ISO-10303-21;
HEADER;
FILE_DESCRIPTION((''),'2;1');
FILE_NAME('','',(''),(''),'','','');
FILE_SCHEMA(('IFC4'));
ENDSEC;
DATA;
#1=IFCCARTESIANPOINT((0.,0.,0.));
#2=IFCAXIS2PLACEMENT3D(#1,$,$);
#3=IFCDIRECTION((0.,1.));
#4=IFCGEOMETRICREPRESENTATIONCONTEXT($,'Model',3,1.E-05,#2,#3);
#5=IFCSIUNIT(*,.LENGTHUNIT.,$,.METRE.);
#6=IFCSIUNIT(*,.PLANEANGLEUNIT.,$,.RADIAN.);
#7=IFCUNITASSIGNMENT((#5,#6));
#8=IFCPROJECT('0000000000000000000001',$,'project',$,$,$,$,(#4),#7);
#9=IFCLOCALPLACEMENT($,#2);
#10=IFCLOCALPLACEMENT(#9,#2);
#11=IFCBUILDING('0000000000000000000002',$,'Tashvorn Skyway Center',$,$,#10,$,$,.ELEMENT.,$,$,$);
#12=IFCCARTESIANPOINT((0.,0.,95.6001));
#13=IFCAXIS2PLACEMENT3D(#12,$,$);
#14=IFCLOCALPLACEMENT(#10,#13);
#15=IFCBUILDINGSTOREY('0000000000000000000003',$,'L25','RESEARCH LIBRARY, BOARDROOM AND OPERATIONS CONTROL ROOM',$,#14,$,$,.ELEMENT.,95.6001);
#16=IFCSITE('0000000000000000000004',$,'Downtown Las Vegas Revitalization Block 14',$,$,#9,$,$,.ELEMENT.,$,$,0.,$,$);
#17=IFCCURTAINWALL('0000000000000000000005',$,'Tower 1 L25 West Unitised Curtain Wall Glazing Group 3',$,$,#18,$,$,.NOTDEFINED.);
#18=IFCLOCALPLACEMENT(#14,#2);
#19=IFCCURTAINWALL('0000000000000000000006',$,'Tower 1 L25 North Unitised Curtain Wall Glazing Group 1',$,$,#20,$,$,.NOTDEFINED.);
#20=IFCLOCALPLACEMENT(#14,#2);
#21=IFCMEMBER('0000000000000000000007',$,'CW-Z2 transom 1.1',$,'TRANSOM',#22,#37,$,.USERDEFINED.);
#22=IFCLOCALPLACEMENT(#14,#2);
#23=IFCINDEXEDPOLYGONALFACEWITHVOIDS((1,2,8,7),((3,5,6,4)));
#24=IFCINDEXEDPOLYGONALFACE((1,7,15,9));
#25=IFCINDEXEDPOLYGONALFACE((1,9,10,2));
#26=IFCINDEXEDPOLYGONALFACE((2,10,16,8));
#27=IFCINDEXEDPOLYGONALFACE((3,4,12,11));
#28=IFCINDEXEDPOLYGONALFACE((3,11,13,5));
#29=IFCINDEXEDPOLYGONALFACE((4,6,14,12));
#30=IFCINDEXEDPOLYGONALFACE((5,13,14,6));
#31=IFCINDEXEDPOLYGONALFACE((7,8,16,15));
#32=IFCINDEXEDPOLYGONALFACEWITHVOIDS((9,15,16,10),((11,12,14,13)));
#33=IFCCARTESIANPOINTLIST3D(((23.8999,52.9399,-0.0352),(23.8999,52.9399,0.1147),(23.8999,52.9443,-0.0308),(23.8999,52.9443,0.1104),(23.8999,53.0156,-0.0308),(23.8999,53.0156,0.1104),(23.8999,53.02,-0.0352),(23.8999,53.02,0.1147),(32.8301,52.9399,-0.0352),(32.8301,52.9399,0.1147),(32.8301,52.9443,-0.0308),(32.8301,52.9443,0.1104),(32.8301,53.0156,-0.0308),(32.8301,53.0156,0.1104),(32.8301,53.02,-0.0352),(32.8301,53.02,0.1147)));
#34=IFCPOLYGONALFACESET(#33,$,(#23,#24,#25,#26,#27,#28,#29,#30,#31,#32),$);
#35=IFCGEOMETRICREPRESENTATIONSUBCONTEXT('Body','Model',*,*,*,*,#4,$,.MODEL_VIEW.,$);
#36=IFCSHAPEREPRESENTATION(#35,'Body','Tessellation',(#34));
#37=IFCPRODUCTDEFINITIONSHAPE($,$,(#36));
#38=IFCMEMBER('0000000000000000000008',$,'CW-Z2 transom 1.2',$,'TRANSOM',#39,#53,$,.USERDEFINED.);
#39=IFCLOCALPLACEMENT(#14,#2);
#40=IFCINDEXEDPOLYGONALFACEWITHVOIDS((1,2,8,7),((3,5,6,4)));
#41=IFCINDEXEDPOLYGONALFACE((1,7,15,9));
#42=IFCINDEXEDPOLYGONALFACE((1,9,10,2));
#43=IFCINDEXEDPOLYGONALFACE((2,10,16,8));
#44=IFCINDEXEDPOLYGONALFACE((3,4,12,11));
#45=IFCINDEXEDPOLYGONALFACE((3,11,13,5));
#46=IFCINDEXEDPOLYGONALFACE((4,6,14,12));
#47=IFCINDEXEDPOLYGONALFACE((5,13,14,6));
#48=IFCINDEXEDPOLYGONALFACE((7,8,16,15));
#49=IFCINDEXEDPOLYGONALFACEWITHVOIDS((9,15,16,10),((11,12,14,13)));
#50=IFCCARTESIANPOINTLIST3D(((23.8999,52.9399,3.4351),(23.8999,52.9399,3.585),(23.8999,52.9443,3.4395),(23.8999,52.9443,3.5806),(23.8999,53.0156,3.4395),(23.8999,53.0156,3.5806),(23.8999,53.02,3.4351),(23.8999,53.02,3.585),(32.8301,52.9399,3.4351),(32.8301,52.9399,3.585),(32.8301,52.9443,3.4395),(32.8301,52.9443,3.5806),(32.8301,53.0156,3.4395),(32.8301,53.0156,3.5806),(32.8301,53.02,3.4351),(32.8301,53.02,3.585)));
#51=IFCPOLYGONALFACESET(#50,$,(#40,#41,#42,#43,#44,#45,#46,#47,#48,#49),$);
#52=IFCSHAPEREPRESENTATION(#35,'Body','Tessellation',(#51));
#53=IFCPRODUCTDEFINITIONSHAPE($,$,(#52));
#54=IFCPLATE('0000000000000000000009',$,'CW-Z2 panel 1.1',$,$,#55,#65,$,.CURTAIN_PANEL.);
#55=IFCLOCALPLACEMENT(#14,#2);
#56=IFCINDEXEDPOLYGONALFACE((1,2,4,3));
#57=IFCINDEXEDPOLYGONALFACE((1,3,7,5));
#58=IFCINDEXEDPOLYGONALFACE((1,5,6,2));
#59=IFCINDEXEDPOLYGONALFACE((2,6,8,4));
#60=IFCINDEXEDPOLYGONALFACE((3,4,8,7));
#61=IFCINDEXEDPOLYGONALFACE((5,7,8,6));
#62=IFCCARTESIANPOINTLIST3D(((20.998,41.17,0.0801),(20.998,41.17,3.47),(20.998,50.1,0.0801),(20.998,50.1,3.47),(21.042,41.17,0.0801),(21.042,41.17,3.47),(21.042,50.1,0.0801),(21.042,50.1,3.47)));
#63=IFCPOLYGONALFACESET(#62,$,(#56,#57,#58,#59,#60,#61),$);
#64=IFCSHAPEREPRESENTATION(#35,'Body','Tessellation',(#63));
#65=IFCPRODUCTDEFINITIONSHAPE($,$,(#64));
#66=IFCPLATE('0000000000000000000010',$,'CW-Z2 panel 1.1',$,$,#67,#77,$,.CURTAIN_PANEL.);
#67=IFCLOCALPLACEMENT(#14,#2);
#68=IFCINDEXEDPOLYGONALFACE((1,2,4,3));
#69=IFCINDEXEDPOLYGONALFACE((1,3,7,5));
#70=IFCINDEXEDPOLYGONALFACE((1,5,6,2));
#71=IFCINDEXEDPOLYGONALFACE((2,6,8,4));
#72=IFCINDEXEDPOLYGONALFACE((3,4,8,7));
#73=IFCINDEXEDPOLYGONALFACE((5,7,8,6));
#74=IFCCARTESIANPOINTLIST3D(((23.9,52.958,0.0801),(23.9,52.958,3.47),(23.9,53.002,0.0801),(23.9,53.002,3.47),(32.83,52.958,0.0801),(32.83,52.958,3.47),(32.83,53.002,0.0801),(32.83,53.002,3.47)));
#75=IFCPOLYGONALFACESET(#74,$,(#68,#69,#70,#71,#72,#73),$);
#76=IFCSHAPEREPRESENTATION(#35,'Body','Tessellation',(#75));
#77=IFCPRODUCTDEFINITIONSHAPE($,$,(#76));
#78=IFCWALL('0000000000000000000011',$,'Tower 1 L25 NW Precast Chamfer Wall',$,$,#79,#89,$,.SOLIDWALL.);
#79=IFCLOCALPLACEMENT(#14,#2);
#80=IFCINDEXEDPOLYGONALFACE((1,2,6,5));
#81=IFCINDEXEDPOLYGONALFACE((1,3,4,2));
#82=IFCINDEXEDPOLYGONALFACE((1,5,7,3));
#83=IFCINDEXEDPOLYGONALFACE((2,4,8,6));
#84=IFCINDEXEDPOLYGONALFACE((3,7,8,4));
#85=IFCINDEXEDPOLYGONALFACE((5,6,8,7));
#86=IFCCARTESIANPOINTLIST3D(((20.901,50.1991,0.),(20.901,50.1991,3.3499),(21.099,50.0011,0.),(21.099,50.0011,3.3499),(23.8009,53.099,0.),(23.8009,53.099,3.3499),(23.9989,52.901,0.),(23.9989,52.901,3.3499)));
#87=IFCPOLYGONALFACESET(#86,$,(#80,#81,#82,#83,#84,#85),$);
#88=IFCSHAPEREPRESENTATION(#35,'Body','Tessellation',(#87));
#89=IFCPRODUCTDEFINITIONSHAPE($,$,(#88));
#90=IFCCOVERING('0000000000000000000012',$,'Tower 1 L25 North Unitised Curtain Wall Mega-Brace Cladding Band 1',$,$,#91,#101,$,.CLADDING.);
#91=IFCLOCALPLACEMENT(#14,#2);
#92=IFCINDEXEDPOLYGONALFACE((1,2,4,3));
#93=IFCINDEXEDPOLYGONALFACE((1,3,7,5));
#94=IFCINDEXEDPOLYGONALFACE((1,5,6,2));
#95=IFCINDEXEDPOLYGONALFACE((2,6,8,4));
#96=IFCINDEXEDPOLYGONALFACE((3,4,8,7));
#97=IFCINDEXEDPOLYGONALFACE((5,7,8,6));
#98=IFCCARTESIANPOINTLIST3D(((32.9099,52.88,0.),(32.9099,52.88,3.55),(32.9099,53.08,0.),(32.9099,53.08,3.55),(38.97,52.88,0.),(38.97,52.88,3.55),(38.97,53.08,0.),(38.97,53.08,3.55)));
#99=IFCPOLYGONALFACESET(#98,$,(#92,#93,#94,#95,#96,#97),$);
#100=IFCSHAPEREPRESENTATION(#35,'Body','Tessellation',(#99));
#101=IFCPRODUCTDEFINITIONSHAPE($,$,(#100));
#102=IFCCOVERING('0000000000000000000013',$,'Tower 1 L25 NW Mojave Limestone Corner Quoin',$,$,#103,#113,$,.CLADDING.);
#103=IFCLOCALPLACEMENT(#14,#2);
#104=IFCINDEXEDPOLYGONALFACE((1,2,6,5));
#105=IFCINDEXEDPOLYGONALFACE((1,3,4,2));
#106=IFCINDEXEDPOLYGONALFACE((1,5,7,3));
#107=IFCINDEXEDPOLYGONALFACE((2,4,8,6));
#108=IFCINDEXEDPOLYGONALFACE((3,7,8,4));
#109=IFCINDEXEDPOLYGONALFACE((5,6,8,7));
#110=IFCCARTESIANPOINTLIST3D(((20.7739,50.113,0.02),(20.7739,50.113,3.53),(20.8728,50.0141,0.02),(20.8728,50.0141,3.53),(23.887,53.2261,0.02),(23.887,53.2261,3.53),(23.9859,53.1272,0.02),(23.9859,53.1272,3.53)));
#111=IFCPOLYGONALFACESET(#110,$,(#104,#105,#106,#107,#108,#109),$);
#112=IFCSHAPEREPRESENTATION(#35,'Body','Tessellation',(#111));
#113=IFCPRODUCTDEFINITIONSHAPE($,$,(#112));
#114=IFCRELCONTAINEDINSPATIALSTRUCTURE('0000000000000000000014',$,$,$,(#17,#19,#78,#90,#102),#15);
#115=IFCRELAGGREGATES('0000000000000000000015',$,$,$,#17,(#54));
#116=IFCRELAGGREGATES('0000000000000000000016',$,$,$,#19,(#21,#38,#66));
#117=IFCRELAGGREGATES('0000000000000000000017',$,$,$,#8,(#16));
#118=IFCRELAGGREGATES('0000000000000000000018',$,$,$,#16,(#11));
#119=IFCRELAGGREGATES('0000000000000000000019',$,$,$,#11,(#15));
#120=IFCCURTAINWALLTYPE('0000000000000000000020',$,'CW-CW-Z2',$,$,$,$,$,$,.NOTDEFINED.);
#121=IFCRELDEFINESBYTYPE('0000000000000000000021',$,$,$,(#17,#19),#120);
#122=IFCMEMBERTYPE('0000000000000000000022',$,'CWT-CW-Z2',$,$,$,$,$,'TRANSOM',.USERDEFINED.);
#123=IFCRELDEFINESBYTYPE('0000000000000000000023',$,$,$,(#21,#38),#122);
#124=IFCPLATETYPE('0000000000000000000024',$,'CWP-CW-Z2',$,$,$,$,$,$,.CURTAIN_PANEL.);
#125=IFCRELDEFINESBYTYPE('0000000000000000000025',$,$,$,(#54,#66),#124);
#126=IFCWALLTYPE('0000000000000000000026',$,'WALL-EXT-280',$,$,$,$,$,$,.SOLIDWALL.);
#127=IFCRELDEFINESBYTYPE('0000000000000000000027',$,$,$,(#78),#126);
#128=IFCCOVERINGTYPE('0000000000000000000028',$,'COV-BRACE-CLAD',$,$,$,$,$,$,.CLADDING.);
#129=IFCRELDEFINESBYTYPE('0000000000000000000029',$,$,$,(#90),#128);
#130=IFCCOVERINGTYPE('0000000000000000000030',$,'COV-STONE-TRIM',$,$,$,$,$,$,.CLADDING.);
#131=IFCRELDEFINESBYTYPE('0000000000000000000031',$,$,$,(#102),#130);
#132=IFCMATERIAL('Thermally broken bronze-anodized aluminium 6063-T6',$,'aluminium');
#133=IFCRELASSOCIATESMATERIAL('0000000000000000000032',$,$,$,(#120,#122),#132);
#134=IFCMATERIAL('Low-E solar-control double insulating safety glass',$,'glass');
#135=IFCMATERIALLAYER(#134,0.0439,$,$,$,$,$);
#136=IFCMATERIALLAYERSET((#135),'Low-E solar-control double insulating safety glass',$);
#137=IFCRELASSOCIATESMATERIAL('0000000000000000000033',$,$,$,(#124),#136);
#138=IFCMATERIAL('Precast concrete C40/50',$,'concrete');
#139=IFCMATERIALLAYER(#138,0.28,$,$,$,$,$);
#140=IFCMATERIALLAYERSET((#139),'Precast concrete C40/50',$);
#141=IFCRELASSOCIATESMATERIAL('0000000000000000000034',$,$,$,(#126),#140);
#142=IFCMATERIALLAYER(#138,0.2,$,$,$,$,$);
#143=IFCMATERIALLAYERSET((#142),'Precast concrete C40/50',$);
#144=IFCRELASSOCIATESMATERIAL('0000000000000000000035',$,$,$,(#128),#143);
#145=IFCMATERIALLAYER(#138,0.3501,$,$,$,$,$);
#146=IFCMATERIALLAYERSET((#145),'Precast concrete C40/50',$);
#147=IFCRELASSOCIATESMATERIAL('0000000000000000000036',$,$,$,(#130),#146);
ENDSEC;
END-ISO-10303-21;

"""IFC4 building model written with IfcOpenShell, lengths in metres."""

from ifc_helpers import new_model, si_unit, direction, frame, frame_2d, origin, origin_2d, place, context, subcontext, project, spatial, rectangle, hollow_rectangle, extrude, material, layer, layer_set, material_profile, profile_set, type_object, element, aggregate, save


model = new_model("IFC4")

# Units and contexts
model_context = context("Model", 3, precision=1e-05, world=origin(), true_north=direction((0.0, 1.0)))
body_context = subcontext(model_context, "Body", "Model", "MODEL_VIEW")
ifc_project = project(units=[si_unit("LENGTHUNIT", "METRE"), si_unit("PLANEANGLEUNIT", "RADIAN")], contexts=[model_context])

# Site, building, storey
site_placement = place(None, origin())
site = spatial("IfcSite", under=ifc_project, at=site_placement, Name="Downtown Las Vegas Revitalization Block 14", CompositionType="ELEMENT", RefElevation=0.0)
building_placement = place(site_placement, origin())
building = spatial("IfcBuilding", under=site, at=building_placement, Name="Tashvorn Skyway Center", CompositionType="ELEMENT")
storey_placement = place(building_placement, frame((0.0, 0.0, 95.6001)))
storey = spatial("IfcBuildingStorey", under=building, at=storey_placement, Name="L25", Description="RESEARCH LIBRARY, BOARDROOM AND OPERATIONS CONTROL ROOM", CompositionType="ELEMENT", Elevation=95.6001)

# Curtain wall
ifc_material_1 = material(Name="Thermally broken bronze-anodized aluminium 6063-T6", Category="aluminium")
curtain_wall_type = type_object("IfcCurtainWallType", Name="CW-CW-Z2", PredefinedType="NOTDEFINED", material=ifc_material_1)
curtain_wall_1_placement = place(storey_placement, origin())
curtain_wall_1 = element("IfcCurtainWall", 1, at=curtain_wall_1_placement, inside=storey, type_object=curtain_wall_type, Name="Tower 1 L25 West Unitised Curtain Wall Glazing Group 3", PredefinedType="NOTDEFINED")

# Curtain wall, members
curtain_wall_2_placement = place(storey_placement, origin())
curtain_wall_2 = element("IfcCurtainWall", 2, at=curtain_wall_2_placement, inside=storey, type_object=curtain_wall_type, Name="Tower 1 L25 North Unitised Curtain Wall Glazing Group 1", PredefinedType="NOTDEFINED")
ifc_material_profile_1 = material_profile(ifc_material_1, hollow_rectangle(XDim=0.0801, YDim=0.1499, WallThickness=0.0044, at=origin_2d()), Name="ALU-TRAN-80x150")
ifc_profile_set_1 = profile_set([ifc_material_profile_1], Name="Thermally broken bronze-anodized aluminium 6063-T6")
member_type_1 = type_object("IfcMemberType", Name="CWT-CW-Z2", ElementType="TRANSOM", PredefinedType="USERDEFINED", material=ifc_profile_set_1)
member_1_placement = place(storey_placement, frame((23.8999, 52.98, 0.0398), z_axis=(1.0, 0.0, 0.0), x_axis=(0.0, 1.0, 0.0)))
member_1 = element("IfcMember", 3, at=member_1_placement, type_object=member_type_1, Name="CW-Z2 transom 1.1", ObjectType="TRANSOM", PredefinedType="USERDEFINED", context=body_context, shape_type="SweptSolid", body=[
    extrude(hollow_rectangle(XDim=0.0801, YDim=0.1499, WallThickness=0.0044, at=origin_2d()), origin(), (0.0, 0.0, 1.0), 8.9302),
])
member_2_placement = place(storey_placement, frame((23.8999, 52.98, 3.51), z_axis=(1.0, 0.0, 0.0), x_axis=(0.0, 1.0, 0.0)))
member_2 = element("IfcMember", 4, at=member_2_placement, type_object=member_type_1, Name="CW-Z2 transom 1.2", ObjectType="TRANSOM", PredefinedType="USERDEFINED", context=body_context, shape_type="SweptSolid", body=[
    extrude(hollow_rectangle(XDim=0.0801, YDim=0.1499, WallThickness=0.0044, at=origin_2d()), origin(), (0.0, 0.0, 1.0), 8.9302),
])

# Plates
ifc_material_2 = material(Name="Low-E solar-control double insulating safety glass", Category="glass")
ifc_layer_1 = layer(ifc_material_2, 0.0439)
ifc_layer_set_1 = layer_set([ifc_layer_1], Name="Low-E solar-control double insulating safety glass")
plate_type = type_object("IfcPlateType", Name="CWP-CW-Z2", PredefinedType="CURTAIN_PANEL", material=ifc_layer_set_1)
plate_1_placement = place(storey_placement, frame((21.02, 45.635, 0.0801), z_axis=(0.0, 0.0, 1.0), x_axis=(0.0, 1.0, 0.0)))
plate_1 = element("IfcPlate", 5, at=plate_1_placement, type_object=plate_type, Name="CW-Z2 panel 1.1", PredefinedType="CURTAIN_PANEL", context=body_context, shape_type="SweptSolid", body=[
    extrude(rectangle(XDim=8.9299, YDim=0.0439, at=origin_2d()), origin(), (0.0, 0.0, 1.0), 3.3899),
])
aggregate(curtain_wall_1, [plate_1])
plate_2_placement = place(storey_placement, frame((28.365, 52.98, 0.0801), z_axis=(0.0, 0.0, 1.0), x_axis=(1.0, 0.0, 0.0)))
plate_2 = element("IfcPlate", 6, at=plate_2_placement, type_object=plate_type, Name="CW-Z2 panel 1.1", PredefinedType="CURTAIN_PANEL", context=body_context, shape_type="SweptSolid", body=[
    extrude(rectangle(XDim=8.9299, YDim=0.0439, at=origin_2d()), origin(), (0.0, 0.0, 1.0), 3.3899),
])
aggregate(curtain_wall_2, [member_1, member_2, plate_2])

# Wall
ifc_material_3 = material(Name="Precast concrete C40/50", Category="concrete")
ifc_layer_2 = layer(ifc_material_3, 0.28)
ifc_layer_set_2 = layer_set([ifc_layer_2], Name="Precast concrete C40/50")
wall_type = type_object("IfcWallType", Name="WALL-EXT-280", PredefinedType="SOLIDWALL", material=ifc_layer_set_2)
wall_placement = place(storey_placement, frame((21.0, 50.1001, 0.0), z_axis=(0.0, 0.0, 1.0), x_axis=(0.707107, 0.707107, 0.0)))
element("IfcWall", 7, at=wall_placement, inside=storey, type_object=wall_type, Name="Tower 1 L25 NW Precast Chamfer Wall", PredefinedType="SOLIDWALL", context=body_context, shape_type="SweptSolid", body=[
    extrude(rectangle(XDim=4.1011, YDim=0.28, at=frame_2d((2.0505, 0.0))), origin(), (0.0, 0.0, 1.0), 3.3499),
])

# Coverings
ifc_layer_3 = layer(ifc_material_3, 0.2)
ifc_layer_set_3 = layer_set([ifc_layer_3], Name="Precast concrete C40/50")
covering_type_1 = type_object("IfcCoveringType", Name="COV-BRACE-CLAD", PredefinedType="CLADDING", material=ifc_layer_set_3)
covering_1_placement = place(storey_placement, frame((35.9399, 52.98, 0.0), z_axis=(0.0, 0.0, 1.0), x_axis=(1.0, 0.0, 0.0)))
element("IfcCovering", 8, at=covering_1_placement, inside=storey, type_object=covering_type_1, Name="Tower 1 L25 North Unitised Curtain Wall Mega-Brace Cladding Band 1", PredefinedType="CLADDING", context=body_context, shape_type="SweptSolid", body=[
    extrude(rectangle(XDim=6.0601, YDim=0.2, at=origin_2d()), origin(), (0.0, 0.0, 1.0), 3.55),
])
ifc_layer_4 = layer(ifc_material_3, 0.3501)
ifc_layer_set_4 = layer_set([ifc_layer_4], Name="Precast concrete C40/50")
covering_type_2 = type_object("IfcCoveringType", Name="COV-STONE-TRIM", PredefinedType="CLADDING", material=ifc_layer_set_4)
covering_2_placement = place(storey_placement, frame((22.3799, 51.6201, 0.02), z_axis=(0.0, 0.0, 1.0), x_axis=(-0.707107, -0.707107, 0.0)))
element("IfcCovering", 9, at=covering_2_placement, inside=storey, type_object=covering_type_2, Name="Tower 1 L25 NW Mojave Limestone Corner Quoin", PredefinedType="CLADDING", context=body_context, shape_type="SweptSolid", body=[
    extrude(rectangle(XDim=4.4026, YDim=0.1399, at=origin_2d()), origin(), (0.0, 0.0, 1.0), 3.51),
])

save(model, "model.ifc")
